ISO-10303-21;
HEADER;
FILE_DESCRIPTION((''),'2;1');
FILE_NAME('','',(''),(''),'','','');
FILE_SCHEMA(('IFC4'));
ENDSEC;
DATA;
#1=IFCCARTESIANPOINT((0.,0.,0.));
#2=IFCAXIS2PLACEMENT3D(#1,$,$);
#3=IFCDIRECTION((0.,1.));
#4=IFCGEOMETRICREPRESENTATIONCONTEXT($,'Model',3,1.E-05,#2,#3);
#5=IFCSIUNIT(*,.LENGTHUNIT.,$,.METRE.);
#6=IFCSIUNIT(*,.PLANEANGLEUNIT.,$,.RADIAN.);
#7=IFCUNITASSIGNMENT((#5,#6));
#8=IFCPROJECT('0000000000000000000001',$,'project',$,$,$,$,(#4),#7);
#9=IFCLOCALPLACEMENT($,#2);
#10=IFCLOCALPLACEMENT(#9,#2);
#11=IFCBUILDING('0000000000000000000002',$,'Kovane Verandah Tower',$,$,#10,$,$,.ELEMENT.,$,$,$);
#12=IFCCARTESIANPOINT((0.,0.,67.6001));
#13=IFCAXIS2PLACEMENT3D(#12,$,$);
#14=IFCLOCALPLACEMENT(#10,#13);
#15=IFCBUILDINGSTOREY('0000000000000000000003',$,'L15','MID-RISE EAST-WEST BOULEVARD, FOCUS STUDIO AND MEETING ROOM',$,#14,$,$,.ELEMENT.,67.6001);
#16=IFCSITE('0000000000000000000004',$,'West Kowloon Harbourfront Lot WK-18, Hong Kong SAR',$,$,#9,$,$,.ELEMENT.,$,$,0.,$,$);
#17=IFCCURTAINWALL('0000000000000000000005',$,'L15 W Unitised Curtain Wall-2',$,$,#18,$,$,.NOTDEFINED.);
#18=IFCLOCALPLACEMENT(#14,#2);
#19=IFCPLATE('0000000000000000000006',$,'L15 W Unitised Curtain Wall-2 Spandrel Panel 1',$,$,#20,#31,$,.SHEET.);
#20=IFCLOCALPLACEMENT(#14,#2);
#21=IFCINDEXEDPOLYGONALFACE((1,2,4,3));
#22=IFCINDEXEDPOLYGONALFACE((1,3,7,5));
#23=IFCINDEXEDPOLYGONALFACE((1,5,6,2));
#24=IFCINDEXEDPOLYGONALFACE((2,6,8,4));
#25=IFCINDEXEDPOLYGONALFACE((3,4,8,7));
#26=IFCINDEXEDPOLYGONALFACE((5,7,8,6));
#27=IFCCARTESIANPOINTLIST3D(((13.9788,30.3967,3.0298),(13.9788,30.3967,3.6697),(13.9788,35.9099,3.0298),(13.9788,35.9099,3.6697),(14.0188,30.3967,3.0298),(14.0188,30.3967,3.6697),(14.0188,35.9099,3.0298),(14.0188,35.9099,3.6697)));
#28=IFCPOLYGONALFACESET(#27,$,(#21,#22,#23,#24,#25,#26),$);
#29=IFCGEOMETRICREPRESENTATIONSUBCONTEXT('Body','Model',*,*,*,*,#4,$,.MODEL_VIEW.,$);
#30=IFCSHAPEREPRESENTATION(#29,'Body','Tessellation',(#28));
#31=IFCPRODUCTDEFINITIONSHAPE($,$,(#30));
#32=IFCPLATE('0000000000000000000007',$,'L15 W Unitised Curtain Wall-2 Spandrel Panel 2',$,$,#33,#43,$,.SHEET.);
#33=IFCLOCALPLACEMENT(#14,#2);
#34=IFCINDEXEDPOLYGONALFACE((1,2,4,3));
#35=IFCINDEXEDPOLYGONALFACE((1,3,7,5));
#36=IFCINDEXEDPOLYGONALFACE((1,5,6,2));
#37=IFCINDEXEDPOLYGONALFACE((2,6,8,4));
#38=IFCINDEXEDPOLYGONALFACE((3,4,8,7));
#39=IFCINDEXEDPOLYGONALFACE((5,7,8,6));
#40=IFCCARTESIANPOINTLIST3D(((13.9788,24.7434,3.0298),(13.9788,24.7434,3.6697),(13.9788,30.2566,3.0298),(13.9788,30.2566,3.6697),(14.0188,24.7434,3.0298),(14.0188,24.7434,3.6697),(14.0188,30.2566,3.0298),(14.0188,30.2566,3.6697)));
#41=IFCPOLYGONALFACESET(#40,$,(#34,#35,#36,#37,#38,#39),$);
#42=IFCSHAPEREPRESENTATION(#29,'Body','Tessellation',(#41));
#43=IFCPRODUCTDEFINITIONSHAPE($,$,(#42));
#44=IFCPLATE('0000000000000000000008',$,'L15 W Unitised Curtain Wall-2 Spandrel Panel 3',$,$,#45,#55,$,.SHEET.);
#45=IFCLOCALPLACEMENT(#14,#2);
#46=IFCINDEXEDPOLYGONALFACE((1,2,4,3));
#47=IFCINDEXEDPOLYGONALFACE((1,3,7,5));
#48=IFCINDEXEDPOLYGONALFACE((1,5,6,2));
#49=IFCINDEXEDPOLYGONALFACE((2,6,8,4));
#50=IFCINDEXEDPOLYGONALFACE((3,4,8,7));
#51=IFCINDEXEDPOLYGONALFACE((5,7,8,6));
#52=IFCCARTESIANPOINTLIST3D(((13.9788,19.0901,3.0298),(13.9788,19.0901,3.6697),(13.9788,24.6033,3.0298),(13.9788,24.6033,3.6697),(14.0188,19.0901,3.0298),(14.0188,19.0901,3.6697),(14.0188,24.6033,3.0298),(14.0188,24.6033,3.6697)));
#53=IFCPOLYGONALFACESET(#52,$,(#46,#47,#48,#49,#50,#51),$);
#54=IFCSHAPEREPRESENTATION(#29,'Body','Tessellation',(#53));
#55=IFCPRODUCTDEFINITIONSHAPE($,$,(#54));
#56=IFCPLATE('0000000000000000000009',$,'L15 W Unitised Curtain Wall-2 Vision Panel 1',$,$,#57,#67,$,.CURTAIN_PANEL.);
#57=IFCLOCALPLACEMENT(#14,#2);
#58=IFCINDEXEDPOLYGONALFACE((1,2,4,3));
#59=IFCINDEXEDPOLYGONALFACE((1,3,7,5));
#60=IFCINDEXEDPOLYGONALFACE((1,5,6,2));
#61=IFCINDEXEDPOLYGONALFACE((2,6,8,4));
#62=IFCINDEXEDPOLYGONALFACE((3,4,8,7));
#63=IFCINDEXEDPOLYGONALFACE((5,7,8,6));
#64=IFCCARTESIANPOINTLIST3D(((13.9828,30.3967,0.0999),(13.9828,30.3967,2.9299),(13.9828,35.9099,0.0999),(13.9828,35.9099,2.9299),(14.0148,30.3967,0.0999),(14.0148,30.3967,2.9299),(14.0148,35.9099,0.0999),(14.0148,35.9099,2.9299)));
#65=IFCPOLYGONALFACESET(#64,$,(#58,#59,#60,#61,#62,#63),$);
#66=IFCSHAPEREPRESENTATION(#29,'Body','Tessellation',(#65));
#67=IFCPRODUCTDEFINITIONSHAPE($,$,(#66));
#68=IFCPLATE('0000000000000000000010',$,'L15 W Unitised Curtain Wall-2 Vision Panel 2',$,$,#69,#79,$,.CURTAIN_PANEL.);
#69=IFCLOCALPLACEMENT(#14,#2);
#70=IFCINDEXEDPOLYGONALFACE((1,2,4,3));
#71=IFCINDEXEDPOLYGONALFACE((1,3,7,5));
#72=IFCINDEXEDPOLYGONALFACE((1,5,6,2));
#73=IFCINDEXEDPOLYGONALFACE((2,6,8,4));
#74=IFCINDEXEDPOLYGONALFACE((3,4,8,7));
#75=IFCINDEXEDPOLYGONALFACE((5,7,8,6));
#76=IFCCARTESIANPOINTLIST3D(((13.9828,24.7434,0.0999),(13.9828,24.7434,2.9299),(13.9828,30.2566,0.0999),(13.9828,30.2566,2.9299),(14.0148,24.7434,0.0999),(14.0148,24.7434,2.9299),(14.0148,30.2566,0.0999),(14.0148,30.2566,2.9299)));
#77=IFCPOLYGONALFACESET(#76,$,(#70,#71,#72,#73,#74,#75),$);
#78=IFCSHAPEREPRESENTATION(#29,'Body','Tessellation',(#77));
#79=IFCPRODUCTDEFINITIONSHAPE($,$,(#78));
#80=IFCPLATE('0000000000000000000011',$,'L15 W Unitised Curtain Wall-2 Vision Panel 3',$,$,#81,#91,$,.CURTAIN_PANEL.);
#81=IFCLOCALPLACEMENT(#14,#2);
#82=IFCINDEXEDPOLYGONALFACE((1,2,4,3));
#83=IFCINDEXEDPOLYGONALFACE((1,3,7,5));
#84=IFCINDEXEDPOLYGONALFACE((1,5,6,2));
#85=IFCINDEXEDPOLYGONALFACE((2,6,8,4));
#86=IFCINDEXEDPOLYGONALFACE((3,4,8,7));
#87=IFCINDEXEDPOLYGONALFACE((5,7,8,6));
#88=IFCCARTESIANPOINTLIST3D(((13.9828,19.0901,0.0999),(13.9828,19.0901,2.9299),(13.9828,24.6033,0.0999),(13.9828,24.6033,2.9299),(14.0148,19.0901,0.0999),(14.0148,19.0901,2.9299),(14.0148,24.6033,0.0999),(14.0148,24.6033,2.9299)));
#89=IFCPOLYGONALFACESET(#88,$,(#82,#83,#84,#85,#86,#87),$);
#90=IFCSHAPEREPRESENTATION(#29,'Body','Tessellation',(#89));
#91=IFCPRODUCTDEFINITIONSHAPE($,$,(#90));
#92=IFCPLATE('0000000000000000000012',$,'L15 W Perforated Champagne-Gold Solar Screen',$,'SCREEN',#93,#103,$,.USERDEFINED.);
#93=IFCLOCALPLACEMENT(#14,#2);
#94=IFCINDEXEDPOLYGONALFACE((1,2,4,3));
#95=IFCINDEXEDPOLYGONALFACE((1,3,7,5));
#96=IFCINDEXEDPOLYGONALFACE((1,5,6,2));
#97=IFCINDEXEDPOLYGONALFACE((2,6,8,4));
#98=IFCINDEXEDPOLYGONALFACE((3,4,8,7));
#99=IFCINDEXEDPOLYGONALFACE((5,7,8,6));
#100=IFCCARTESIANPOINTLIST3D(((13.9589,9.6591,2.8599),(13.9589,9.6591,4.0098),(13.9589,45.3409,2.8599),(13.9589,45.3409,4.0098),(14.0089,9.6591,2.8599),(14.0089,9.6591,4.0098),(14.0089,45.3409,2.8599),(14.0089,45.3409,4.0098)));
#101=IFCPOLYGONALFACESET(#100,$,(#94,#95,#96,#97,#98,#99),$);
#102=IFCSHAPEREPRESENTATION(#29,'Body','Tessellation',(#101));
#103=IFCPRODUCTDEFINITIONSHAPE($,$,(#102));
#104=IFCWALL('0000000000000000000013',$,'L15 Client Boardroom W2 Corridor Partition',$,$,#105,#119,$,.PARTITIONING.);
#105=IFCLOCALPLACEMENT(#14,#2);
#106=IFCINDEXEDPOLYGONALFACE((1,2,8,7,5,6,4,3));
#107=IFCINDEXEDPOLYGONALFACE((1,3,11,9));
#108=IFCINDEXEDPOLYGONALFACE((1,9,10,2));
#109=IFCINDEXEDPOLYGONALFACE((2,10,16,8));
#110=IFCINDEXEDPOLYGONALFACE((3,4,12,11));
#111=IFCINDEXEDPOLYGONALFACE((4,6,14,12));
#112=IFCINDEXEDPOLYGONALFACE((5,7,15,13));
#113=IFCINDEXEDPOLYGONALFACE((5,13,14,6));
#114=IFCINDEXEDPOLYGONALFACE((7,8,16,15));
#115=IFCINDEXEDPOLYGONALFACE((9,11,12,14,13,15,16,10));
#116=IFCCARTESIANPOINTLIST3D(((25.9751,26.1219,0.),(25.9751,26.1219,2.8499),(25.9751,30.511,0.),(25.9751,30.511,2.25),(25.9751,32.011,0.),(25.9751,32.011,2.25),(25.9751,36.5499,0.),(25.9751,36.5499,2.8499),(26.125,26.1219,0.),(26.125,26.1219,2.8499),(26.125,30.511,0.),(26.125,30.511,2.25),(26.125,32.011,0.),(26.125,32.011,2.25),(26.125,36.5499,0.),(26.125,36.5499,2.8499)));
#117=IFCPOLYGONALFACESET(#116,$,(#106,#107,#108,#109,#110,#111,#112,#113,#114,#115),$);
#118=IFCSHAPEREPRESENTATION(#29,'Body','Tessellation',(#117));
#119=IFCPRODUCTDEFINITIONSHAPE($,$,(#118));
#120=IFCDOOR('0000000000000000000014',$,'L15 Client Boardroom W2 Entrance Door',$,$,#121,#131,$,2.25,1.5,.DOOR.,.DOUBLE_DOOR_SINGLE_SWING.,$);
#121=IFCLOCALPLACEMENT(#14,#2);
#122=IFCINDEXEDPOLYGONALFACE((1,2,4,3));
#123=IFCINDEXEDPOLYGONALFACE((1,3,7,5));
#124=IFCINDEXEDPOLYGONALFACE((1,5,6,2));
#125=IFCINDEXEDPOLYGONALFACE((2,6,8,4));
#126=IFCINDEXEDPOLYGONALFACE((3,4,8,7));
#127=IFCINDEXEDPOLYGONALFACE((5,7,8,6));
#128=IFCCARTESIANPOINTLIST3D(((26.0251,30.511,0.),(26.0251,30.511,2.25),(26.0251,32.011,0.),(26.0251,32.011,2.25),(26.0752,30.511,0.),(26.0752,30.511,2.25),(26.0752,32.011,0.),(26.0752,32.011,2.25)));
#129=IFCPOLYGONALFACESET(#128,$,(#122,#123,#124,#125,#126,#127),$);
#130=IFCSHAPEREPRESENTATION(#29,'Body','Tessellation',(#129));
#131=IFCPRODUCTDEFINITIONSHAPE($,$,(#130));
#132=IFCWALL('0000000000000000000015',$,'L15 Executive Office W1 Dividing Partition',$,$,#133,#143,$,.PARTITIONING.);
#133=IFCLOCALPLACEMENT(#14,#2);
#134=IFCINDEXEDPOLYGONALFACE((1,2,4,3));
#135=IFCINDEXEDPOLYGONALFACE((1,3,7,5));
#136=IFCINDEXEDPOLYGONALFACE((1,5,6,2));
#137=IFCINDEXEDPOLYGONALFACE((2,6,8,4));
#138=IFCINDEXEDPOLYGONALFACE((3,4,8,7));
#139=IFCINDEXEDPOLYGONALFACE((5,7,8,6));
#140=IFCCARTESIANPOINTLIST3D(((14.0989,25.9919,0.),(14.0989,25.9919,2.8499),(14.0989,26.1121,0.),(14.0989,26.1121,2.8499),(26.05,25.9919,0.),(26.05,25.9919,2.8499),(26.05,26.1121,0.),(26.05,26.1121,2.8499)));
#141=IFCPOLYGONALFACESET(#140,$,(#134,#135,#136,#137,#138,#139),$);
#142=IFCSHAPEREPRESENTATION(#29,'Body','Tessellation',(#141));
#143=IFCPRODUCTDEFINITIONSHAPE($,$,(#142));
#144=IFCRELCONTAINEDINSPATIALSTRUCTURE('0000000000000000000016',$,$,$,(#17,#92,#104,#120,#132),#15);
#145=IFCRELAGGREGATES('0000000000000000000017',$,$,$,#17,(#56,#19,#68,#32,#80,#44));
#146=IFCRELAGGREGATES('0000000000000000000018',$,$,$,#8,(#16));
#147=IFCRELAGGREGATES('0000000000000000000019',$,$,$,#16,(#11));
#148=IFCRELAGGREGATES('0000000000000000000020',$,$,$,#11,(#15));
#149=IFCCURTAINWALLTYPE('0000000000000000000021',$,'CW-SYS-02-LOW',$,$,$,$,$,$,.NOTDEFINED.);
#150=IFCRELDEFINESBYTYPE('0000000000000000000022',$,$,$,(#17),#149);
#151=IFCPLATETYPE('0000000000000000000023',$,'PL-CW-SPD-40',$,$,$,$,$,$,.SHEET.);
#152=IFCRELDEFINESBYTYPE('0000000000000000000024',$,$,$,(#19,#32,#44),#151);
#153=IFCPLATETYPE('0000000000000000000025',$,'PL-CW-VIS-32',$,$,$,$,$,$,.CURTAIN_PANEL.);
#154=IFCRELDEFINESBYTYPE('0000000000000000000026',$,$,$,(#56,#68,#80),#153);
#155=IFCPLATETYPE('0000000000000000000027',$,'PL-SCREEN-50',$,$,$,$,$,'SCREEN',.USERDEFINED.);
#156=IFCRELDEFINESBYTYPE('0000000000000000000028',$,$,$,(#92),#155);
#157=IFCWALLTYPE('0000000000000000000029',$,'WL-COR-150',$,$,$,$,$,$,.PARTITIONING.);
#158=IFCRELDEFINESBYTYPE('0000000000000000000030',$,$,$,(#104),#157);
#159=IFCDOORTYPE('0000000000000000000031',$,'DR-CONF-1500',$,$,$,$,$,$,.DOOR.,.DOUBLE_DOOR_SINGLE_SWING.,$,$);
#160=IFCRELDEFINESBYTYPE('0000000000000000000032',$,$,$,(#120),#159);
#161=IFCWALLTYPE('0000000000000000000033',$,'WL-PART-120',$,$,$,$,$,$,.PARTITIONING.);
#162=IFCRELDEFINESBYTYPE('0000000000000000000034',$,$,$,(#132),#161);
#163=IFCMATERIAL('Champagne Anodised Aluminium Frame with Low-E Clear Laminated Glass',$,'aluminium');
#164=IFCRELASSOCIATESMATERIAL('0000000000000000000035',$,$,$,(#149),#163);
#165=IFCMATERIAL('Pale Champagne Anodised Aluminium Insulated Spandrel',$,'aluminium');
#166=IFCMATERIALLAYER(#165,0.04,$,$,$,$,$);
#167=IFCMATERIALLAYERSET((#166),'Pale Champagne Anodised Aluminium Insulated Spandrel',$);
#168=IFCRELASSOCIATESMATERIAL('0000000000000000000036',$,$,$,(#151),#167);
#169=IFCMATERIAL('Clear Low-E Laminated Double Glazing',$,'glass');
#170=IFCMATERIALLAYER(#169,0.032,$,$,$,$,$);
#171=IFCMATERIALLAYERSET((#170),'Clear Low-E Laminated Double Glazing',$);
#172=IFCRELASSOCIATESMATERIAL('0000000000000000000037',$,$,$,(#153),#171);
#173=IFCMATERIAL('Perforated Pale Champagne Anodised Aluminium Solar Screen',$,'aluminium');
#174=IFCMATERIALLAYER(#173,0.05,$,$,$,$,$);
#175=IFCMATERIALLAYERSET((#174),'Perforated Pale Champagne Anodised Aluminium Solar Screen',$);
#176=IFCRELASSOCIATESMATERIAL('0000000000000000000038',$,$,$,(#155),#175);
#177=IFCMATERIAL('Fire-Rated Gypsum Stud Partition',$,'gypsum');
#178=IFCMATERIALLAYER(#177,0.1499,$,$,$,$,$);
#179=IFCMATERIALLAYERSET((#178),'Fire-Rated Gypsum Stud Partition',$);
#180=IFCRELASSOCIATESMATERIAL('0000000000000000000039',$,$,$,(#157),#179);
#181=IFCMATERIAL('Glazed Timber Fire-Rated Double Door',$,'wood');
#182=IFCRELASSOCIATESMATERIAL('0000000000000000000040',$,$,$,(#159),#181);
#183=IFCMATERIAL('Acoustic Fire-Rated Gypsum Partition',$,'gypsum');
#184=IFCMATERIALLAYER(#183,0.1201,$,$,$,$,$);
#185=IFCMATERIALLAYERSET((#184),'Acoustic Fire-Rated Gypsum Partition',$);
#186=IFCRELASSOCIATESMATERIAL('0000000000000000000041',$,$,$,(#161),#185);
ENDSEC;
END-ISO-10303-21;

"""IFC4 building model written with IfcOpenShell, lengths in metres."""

from ifc_helpers import new_model, si_unit, direction, frame, frame_2d, origin, origin_2d, place, context, subcontext, project, spatial, rectangle, extrude, material, layer, layer_set, type_object, element, fill, aggregate, save


model = new_model("IFC4")

# Units and contexts
model_context = context("Model", 3, precision=1e-05, world=origin(), true_north=direction((0.0, 1.0)))
body_context = subcontext(model_context, "Body", "Model", "MODEL_VIEW")
ifc_project = project(units=[si_unit("LENGTHUNIT", "METRE"), si_unit("PLANEANGLEUNIT", "RADIAN")], contexts=[model_context])

# Site, building, storey
site_placement = place(None, origin())
site = spatial("IfcSite", under=ifc_project, at=site_placement, Name="West Kowloon Harbourfront Lot WK-18, Hong Kong SAR", CompositionType="ELEMENT", RefElevation=0.0)
building_placement = place(site_placement, origin())
building = spatial("IfcBuilding", under=site, at=building_placement, Name="Kovane Verandah Tower", CompositionType="ELEMENT")
storey_placement = place(building_placement, frame((0.0, 0.0, 67.6001)))
storey = spatial("IfcBuildingStorey", under=building, at=storey_placement, Name="L15", Description="MID-RISE EAST-WEST BOULEVARD, FOCUS STUDIO AND MEETING ROOM", CompositionType="ELEMENT", Elevation=67.6001)

# Curtain wall, plates
ifc_material_1 = material(Name="Champagne Anodised Aluminium Frame with Low-E Clear Laminated Glass", Category="aluminium")
curtain_wall_type = type_object("IfcCurtainWallType", Name="CW-SYS-02-LOW", PredefinedType="NOTDEFINED", material=ifc_material_1)
curtain_wall_placement = place(storey_placement, origin())
curtain_wall = element("IfcCurtainWall", 1, at=curtain_wall_placement, inside=storey, type_object=curtain_wall_type, Name="L15 W Unitised Curtain Wall-2", PredefinedType="NOTDEFINED")
ifc_material_2 = material(Name="Pale Champagne Anodised Aluminium Insulated Spandrel", Category="aluminium")
ifc_layer_1 = layer(ifc_material_2, 0.04)
ifc_layer_set_1 = layer_set([ifc_layer_1], Name="Pale Champagne Anodised Aluminium Insulated Spandrel")
plate_type_1 = type_object("IfcPlateType", Name="PL-CW-SPD-40", PredefinedType="SHEET", material=ifc_layer_set_1)
plate_1_placement = place(storey_placement, frame((13.9988, 33.1533, 3.0298), z_axis=(0.0, 0.0, 1.0), x_axis=(0.0, -1.0, 0.0)))
plate_1 = element("IfcPlate", 2, at=plate_1_placement, type_object=plate_type_1, Name="L15 W Unitised Curtain Wall-2 Spandrel Panel 1", PredefinedType="SHEET", context=body_context, shape_type="SweptSolid", body=[
    extrude(rectangle(XDim=5.5132, YDim=0.04, at=origin_2d()), origin(), (0.0, 0.0, 1.0), 0.6399),
])
plate_2_placement = place(storey_placement, frame((13.9988, 27.5, 3.0298), z_axis=(0.0, 0.0, 1.0), x_axis=(0.0, -1.0, 0.0)))
plate_2 = element("IfcPlate", 3, at=plate_2_placement, type_object=plate_type_1, Name="L15 W Unitised Curtain Wall-2 Spandrel Panel 2", PredefinedType="SHEET", context=body_context, shape_type="SweptSolid", body=[
    extrude(rectangle(XDim=5.5132, YDim=0.04, at=origin_2d()), origin(), (0.0, 0.0, 1.0), 0.6399),
])
plate_3_placement = place(storey_placement, frame((13.9988, 21.8467, 3.0298), z_axis=(0.0, 0.0, 1.0), x_axis=(0.0, -1.0, 0.0)))
plate_3 = element("IfcPlate", 4, at=plate_3_placement, type_object=plate_type_1, Name="L15 W Unitised Curtain Wall-2 Spandrel Panel 3", PredefinedType="SHEET", context=body_context, shape_type="SweptSolid", body=[
    extrude(rectangle(XDim=5.5132, YDim=0.04, at=origin_2d()), origin(), (0.0, 0.0, 1.0), 0.6399),
])
ifc_material_3 = material(Name="Clear Low-E Laminated Double Glazing", Category="glass")
ifc_layer_2 = layer(ifc_material_3, 0.032)
ifc_layer_set_2 = layer_set([ifc_layer_2], Name="Clear Low-E Laminated Double Glazing")
plate_type_2 = type_object("IfcPlateType", Name="PL-CW-VIS-32", PredefinedType="CURTAIN_PANEL", material=ifc_layer_set_2)
plate_4_placement = place(storey_placement, frame((13.9988, 33.1533, 0.0999), z_axis=(0.0, 0.0, 1.0), x_axis=(0.0, -1.0, 0.0)))
plate_4 = element("IfcPlate", 5, at=plate_4_placement, type_object=plate_type_2, Name="L15 W Unitised Curtain Wall-2 Vision Panel 1", PredefinedType="CURTAIN_PANEL", context=body_context, shape_type="SweptSolid", body=[
    extrude(rectangle(XDim=5.5132, YDim=0.032, at=origin_2d()), origin(), (0.0, 0.0, 1.0), 2.8301),
])
plate_5_placement = place(storey_placement, frame((13.9988, 27.5, 0.0999), z_axis=(0.0, 0.0, 1.0), x_axis=(0.0, -1.0, 0.0)))
plate_5 = element("IfcPlate", 6, at=plate_5_placement, type_object=plate_type_2, Name="L15 W Unitised Curtain Wall-2 Vision Panel 2", PredefinedType="CURTAIN_PANEL", context=body_context, shape_type="SweptSolid", body=[
    extrude(rectangle(XDim=5.5132, YDim=0.032, at=origin_2d()), origin(), (0.0, 0.0, 1.0), 2.8301),
])
plate_6_placement = place(storey_placement, frame((13.9988, 21.8467, 0.0999), z_axis=(0.0, 0.0, 1.0), x_axis=(0.0, -1.0, 0.0)))
plate_6 = element("IfcPlate", 7, at=plate_6_placement, type_object=plate_type_2, Name="L15 W Unitised Curtain Wall-2 Vision Panel 3", PredefinedType="CURTAIN_PANEL", context=body_context, shape_type="SweptSolid", body=[
    extrude(rectangle(XDim=5.5132, YDim=0.032, at=origin_2d()), origin(), (0.0, 0.0, 1.0), 2.8301),
])
aggregate(curtain_wall, [plate_4, plate_1, plate_5, plate_2, plate_6, plate_3])

# Plate
ifc_material_4 = material(Name="Perforated Pale Champagne Anodised Aluminium Solar Screen", Category="aluminium")
ifc_layer_3 = layer(ifc_material_4, 0.05)
ifc_layer_set_3 = layer_set([ifc_layer_3], Name="Perforated Pale Champagne Anodised Aluminium Solar Screen")
plate_type_3 = type_object("IfcPlateType", Name="PL-SCREEN-50", ElementType="SCREEN", PredefinedType="USERDEFINED", material=ifc_layer_set_3)
plate_7_placement = place(storey_placement, frame((13.9839, 27.5, 2.8599), z_axis=(0.0, 0.0, 1.0), x_axis=(0.0, -1.0, 0.0)))
element("IfcPlate", 8, at=plate_7_placement, inside=storey, type_object=plate_type_3, Name="L15 W Perforated Champagne-Gold Solar Screen", ObjectType="SCREEN", PredefinedType="USERDEFINED", context=body_context, shape_type="SweptSolid", body=[
    extrude(rectangle(XDim=35.6819, YDim=0.05, at=origin_2d()), origin(), (0.0, 0.0, 1.0), 1.1499),
])

# Wall, opening, door
ifc_material_5 = material(Name="Fire-Rated Gypsum Stud Partition", Category="gypsum")
ifc_layer_4 = layer(ifc_material_5, 0.1499)
ifc_layer_set_4 = layer_set([ifc_layer_4], Name="Fire-Rated Gypsum Stud Partition")
wall_type_1 = type_object("IfcWallType", Name="WL-COR-150", PredefinedType="PARTITIONING", material=ifc_layer_set_4)
wall_1_placement = place(storey_placement, frame((26.05, 26.1221, 0.0), z_axis=(0.0, 0.0, 1.0), x_axis=(0.0, 1.0, 0.0)))
wall_1 = element("IfcWall", 9, at=wall_1_placement, inside=storey, type_object=wall_type_1, Name="L15 Client Boardroom W2 Corridor Partition", PredefinedType="PARTITIONING", context=body_context, shape_type="SweptSolid", body=[
    extrude(rectangle(XDim=10.428, YDim=0.1499, at=frame_2d((5.2139, 0.0))), origin(), (0.0, 0.0, 1.0), 2.8499),
])
opening_placement = place(wall_1_placement, frame((4.3889, 0.0, 0.0)))
opening = element("IfcOpeningElement", 10, at=opening_placement, cuts=wall_1, PredefinedType="OPENING", context=body_context, shape_type="SweptSolid", body=[
    extrude(rectangle(XDim=1.5, YDim=2.25, at=frame_2d((0.75, 1.125))), frame((0.0, 0.075, 0.0), z_axis=(0.0, -1.0, 0.0), x_axis=(1.0, 0.0, 0.0)), (0.0, 0.0, 1.0), 0.1499),
])
ifc_material_6 = material(Name="Glazed Timber Fire-Rated Double Door", Category="wood")
door_type = type_object("IfcDoorType", Name="DR-CONF-1500", OperationType="DOUBLE_DOOR_SINGLE_SWING", PredefinedType="DOOR", material=ifc_material_6)
door_placement = place(opening_placement, origin())
door = element("IfcDoor", 11, at=door_placement, inside=storey, type_object=door_type, Name="L15 Client Boardroom W2 Entrance Door", OperationType="DOUBLE_DOOR_SINGLE_SWING", OverallHeight=2.25, OverallWidth=1.5, PredefinedType="DOOR", context=body_context, shape_type="SweptSolid", body=[
    extrude(rectangle(XDim=1.5, YDim=2.25, at=frame_2d((0.75, 1.125))), frame((0.0, 0.0249, 0.0), z_axis=(0.0, -1.0, 0.0), x_axis=(1.0, 0.0, 0.0)), (0.0, 0.0, 1.0), 0.05),
])
fill(opening, door)

# Wall
ifc_material_7 = material(Name="Acoustic Fire-Rated Gypsum Partition", Category="gypsum")
ifc_layer_5 = layer(ifc_material_7, 0.1201)
ifc_layer_set_5 = layer_set([ifc_layer_5], Name="Acoustic Fire-Rated Gypsum Partition")
wall_type_2 = type_object("IfcWallType", Name="WL-PART-120", PredefinedType="PARTITIONING", material=ifc_layer_set_5)
wall_2_placement = place(storey_placement, frame((14.0989, 26.052, 0.0), z_axis=(0.0, 0.0, 1.0), x_axis=(1.0, 0.0, 0.0)))
element("IfcWall", 12, at=wall_2_placement, inside=storey, type_object=wall_type_2, Name="L15 Executive Office W1 Dividing Partition", PredefinedType="PARTITIONING", context=body_context, shape_type="SweptSolid", body=[
    extrude(rectangle(XDim=11.9512, YDim=0.1201, at=frame_2d((5.9756, 0.0))), origin(), (0.0, 0.0, 1.0), 2.8499),
])

save(model, "model.ifc")
